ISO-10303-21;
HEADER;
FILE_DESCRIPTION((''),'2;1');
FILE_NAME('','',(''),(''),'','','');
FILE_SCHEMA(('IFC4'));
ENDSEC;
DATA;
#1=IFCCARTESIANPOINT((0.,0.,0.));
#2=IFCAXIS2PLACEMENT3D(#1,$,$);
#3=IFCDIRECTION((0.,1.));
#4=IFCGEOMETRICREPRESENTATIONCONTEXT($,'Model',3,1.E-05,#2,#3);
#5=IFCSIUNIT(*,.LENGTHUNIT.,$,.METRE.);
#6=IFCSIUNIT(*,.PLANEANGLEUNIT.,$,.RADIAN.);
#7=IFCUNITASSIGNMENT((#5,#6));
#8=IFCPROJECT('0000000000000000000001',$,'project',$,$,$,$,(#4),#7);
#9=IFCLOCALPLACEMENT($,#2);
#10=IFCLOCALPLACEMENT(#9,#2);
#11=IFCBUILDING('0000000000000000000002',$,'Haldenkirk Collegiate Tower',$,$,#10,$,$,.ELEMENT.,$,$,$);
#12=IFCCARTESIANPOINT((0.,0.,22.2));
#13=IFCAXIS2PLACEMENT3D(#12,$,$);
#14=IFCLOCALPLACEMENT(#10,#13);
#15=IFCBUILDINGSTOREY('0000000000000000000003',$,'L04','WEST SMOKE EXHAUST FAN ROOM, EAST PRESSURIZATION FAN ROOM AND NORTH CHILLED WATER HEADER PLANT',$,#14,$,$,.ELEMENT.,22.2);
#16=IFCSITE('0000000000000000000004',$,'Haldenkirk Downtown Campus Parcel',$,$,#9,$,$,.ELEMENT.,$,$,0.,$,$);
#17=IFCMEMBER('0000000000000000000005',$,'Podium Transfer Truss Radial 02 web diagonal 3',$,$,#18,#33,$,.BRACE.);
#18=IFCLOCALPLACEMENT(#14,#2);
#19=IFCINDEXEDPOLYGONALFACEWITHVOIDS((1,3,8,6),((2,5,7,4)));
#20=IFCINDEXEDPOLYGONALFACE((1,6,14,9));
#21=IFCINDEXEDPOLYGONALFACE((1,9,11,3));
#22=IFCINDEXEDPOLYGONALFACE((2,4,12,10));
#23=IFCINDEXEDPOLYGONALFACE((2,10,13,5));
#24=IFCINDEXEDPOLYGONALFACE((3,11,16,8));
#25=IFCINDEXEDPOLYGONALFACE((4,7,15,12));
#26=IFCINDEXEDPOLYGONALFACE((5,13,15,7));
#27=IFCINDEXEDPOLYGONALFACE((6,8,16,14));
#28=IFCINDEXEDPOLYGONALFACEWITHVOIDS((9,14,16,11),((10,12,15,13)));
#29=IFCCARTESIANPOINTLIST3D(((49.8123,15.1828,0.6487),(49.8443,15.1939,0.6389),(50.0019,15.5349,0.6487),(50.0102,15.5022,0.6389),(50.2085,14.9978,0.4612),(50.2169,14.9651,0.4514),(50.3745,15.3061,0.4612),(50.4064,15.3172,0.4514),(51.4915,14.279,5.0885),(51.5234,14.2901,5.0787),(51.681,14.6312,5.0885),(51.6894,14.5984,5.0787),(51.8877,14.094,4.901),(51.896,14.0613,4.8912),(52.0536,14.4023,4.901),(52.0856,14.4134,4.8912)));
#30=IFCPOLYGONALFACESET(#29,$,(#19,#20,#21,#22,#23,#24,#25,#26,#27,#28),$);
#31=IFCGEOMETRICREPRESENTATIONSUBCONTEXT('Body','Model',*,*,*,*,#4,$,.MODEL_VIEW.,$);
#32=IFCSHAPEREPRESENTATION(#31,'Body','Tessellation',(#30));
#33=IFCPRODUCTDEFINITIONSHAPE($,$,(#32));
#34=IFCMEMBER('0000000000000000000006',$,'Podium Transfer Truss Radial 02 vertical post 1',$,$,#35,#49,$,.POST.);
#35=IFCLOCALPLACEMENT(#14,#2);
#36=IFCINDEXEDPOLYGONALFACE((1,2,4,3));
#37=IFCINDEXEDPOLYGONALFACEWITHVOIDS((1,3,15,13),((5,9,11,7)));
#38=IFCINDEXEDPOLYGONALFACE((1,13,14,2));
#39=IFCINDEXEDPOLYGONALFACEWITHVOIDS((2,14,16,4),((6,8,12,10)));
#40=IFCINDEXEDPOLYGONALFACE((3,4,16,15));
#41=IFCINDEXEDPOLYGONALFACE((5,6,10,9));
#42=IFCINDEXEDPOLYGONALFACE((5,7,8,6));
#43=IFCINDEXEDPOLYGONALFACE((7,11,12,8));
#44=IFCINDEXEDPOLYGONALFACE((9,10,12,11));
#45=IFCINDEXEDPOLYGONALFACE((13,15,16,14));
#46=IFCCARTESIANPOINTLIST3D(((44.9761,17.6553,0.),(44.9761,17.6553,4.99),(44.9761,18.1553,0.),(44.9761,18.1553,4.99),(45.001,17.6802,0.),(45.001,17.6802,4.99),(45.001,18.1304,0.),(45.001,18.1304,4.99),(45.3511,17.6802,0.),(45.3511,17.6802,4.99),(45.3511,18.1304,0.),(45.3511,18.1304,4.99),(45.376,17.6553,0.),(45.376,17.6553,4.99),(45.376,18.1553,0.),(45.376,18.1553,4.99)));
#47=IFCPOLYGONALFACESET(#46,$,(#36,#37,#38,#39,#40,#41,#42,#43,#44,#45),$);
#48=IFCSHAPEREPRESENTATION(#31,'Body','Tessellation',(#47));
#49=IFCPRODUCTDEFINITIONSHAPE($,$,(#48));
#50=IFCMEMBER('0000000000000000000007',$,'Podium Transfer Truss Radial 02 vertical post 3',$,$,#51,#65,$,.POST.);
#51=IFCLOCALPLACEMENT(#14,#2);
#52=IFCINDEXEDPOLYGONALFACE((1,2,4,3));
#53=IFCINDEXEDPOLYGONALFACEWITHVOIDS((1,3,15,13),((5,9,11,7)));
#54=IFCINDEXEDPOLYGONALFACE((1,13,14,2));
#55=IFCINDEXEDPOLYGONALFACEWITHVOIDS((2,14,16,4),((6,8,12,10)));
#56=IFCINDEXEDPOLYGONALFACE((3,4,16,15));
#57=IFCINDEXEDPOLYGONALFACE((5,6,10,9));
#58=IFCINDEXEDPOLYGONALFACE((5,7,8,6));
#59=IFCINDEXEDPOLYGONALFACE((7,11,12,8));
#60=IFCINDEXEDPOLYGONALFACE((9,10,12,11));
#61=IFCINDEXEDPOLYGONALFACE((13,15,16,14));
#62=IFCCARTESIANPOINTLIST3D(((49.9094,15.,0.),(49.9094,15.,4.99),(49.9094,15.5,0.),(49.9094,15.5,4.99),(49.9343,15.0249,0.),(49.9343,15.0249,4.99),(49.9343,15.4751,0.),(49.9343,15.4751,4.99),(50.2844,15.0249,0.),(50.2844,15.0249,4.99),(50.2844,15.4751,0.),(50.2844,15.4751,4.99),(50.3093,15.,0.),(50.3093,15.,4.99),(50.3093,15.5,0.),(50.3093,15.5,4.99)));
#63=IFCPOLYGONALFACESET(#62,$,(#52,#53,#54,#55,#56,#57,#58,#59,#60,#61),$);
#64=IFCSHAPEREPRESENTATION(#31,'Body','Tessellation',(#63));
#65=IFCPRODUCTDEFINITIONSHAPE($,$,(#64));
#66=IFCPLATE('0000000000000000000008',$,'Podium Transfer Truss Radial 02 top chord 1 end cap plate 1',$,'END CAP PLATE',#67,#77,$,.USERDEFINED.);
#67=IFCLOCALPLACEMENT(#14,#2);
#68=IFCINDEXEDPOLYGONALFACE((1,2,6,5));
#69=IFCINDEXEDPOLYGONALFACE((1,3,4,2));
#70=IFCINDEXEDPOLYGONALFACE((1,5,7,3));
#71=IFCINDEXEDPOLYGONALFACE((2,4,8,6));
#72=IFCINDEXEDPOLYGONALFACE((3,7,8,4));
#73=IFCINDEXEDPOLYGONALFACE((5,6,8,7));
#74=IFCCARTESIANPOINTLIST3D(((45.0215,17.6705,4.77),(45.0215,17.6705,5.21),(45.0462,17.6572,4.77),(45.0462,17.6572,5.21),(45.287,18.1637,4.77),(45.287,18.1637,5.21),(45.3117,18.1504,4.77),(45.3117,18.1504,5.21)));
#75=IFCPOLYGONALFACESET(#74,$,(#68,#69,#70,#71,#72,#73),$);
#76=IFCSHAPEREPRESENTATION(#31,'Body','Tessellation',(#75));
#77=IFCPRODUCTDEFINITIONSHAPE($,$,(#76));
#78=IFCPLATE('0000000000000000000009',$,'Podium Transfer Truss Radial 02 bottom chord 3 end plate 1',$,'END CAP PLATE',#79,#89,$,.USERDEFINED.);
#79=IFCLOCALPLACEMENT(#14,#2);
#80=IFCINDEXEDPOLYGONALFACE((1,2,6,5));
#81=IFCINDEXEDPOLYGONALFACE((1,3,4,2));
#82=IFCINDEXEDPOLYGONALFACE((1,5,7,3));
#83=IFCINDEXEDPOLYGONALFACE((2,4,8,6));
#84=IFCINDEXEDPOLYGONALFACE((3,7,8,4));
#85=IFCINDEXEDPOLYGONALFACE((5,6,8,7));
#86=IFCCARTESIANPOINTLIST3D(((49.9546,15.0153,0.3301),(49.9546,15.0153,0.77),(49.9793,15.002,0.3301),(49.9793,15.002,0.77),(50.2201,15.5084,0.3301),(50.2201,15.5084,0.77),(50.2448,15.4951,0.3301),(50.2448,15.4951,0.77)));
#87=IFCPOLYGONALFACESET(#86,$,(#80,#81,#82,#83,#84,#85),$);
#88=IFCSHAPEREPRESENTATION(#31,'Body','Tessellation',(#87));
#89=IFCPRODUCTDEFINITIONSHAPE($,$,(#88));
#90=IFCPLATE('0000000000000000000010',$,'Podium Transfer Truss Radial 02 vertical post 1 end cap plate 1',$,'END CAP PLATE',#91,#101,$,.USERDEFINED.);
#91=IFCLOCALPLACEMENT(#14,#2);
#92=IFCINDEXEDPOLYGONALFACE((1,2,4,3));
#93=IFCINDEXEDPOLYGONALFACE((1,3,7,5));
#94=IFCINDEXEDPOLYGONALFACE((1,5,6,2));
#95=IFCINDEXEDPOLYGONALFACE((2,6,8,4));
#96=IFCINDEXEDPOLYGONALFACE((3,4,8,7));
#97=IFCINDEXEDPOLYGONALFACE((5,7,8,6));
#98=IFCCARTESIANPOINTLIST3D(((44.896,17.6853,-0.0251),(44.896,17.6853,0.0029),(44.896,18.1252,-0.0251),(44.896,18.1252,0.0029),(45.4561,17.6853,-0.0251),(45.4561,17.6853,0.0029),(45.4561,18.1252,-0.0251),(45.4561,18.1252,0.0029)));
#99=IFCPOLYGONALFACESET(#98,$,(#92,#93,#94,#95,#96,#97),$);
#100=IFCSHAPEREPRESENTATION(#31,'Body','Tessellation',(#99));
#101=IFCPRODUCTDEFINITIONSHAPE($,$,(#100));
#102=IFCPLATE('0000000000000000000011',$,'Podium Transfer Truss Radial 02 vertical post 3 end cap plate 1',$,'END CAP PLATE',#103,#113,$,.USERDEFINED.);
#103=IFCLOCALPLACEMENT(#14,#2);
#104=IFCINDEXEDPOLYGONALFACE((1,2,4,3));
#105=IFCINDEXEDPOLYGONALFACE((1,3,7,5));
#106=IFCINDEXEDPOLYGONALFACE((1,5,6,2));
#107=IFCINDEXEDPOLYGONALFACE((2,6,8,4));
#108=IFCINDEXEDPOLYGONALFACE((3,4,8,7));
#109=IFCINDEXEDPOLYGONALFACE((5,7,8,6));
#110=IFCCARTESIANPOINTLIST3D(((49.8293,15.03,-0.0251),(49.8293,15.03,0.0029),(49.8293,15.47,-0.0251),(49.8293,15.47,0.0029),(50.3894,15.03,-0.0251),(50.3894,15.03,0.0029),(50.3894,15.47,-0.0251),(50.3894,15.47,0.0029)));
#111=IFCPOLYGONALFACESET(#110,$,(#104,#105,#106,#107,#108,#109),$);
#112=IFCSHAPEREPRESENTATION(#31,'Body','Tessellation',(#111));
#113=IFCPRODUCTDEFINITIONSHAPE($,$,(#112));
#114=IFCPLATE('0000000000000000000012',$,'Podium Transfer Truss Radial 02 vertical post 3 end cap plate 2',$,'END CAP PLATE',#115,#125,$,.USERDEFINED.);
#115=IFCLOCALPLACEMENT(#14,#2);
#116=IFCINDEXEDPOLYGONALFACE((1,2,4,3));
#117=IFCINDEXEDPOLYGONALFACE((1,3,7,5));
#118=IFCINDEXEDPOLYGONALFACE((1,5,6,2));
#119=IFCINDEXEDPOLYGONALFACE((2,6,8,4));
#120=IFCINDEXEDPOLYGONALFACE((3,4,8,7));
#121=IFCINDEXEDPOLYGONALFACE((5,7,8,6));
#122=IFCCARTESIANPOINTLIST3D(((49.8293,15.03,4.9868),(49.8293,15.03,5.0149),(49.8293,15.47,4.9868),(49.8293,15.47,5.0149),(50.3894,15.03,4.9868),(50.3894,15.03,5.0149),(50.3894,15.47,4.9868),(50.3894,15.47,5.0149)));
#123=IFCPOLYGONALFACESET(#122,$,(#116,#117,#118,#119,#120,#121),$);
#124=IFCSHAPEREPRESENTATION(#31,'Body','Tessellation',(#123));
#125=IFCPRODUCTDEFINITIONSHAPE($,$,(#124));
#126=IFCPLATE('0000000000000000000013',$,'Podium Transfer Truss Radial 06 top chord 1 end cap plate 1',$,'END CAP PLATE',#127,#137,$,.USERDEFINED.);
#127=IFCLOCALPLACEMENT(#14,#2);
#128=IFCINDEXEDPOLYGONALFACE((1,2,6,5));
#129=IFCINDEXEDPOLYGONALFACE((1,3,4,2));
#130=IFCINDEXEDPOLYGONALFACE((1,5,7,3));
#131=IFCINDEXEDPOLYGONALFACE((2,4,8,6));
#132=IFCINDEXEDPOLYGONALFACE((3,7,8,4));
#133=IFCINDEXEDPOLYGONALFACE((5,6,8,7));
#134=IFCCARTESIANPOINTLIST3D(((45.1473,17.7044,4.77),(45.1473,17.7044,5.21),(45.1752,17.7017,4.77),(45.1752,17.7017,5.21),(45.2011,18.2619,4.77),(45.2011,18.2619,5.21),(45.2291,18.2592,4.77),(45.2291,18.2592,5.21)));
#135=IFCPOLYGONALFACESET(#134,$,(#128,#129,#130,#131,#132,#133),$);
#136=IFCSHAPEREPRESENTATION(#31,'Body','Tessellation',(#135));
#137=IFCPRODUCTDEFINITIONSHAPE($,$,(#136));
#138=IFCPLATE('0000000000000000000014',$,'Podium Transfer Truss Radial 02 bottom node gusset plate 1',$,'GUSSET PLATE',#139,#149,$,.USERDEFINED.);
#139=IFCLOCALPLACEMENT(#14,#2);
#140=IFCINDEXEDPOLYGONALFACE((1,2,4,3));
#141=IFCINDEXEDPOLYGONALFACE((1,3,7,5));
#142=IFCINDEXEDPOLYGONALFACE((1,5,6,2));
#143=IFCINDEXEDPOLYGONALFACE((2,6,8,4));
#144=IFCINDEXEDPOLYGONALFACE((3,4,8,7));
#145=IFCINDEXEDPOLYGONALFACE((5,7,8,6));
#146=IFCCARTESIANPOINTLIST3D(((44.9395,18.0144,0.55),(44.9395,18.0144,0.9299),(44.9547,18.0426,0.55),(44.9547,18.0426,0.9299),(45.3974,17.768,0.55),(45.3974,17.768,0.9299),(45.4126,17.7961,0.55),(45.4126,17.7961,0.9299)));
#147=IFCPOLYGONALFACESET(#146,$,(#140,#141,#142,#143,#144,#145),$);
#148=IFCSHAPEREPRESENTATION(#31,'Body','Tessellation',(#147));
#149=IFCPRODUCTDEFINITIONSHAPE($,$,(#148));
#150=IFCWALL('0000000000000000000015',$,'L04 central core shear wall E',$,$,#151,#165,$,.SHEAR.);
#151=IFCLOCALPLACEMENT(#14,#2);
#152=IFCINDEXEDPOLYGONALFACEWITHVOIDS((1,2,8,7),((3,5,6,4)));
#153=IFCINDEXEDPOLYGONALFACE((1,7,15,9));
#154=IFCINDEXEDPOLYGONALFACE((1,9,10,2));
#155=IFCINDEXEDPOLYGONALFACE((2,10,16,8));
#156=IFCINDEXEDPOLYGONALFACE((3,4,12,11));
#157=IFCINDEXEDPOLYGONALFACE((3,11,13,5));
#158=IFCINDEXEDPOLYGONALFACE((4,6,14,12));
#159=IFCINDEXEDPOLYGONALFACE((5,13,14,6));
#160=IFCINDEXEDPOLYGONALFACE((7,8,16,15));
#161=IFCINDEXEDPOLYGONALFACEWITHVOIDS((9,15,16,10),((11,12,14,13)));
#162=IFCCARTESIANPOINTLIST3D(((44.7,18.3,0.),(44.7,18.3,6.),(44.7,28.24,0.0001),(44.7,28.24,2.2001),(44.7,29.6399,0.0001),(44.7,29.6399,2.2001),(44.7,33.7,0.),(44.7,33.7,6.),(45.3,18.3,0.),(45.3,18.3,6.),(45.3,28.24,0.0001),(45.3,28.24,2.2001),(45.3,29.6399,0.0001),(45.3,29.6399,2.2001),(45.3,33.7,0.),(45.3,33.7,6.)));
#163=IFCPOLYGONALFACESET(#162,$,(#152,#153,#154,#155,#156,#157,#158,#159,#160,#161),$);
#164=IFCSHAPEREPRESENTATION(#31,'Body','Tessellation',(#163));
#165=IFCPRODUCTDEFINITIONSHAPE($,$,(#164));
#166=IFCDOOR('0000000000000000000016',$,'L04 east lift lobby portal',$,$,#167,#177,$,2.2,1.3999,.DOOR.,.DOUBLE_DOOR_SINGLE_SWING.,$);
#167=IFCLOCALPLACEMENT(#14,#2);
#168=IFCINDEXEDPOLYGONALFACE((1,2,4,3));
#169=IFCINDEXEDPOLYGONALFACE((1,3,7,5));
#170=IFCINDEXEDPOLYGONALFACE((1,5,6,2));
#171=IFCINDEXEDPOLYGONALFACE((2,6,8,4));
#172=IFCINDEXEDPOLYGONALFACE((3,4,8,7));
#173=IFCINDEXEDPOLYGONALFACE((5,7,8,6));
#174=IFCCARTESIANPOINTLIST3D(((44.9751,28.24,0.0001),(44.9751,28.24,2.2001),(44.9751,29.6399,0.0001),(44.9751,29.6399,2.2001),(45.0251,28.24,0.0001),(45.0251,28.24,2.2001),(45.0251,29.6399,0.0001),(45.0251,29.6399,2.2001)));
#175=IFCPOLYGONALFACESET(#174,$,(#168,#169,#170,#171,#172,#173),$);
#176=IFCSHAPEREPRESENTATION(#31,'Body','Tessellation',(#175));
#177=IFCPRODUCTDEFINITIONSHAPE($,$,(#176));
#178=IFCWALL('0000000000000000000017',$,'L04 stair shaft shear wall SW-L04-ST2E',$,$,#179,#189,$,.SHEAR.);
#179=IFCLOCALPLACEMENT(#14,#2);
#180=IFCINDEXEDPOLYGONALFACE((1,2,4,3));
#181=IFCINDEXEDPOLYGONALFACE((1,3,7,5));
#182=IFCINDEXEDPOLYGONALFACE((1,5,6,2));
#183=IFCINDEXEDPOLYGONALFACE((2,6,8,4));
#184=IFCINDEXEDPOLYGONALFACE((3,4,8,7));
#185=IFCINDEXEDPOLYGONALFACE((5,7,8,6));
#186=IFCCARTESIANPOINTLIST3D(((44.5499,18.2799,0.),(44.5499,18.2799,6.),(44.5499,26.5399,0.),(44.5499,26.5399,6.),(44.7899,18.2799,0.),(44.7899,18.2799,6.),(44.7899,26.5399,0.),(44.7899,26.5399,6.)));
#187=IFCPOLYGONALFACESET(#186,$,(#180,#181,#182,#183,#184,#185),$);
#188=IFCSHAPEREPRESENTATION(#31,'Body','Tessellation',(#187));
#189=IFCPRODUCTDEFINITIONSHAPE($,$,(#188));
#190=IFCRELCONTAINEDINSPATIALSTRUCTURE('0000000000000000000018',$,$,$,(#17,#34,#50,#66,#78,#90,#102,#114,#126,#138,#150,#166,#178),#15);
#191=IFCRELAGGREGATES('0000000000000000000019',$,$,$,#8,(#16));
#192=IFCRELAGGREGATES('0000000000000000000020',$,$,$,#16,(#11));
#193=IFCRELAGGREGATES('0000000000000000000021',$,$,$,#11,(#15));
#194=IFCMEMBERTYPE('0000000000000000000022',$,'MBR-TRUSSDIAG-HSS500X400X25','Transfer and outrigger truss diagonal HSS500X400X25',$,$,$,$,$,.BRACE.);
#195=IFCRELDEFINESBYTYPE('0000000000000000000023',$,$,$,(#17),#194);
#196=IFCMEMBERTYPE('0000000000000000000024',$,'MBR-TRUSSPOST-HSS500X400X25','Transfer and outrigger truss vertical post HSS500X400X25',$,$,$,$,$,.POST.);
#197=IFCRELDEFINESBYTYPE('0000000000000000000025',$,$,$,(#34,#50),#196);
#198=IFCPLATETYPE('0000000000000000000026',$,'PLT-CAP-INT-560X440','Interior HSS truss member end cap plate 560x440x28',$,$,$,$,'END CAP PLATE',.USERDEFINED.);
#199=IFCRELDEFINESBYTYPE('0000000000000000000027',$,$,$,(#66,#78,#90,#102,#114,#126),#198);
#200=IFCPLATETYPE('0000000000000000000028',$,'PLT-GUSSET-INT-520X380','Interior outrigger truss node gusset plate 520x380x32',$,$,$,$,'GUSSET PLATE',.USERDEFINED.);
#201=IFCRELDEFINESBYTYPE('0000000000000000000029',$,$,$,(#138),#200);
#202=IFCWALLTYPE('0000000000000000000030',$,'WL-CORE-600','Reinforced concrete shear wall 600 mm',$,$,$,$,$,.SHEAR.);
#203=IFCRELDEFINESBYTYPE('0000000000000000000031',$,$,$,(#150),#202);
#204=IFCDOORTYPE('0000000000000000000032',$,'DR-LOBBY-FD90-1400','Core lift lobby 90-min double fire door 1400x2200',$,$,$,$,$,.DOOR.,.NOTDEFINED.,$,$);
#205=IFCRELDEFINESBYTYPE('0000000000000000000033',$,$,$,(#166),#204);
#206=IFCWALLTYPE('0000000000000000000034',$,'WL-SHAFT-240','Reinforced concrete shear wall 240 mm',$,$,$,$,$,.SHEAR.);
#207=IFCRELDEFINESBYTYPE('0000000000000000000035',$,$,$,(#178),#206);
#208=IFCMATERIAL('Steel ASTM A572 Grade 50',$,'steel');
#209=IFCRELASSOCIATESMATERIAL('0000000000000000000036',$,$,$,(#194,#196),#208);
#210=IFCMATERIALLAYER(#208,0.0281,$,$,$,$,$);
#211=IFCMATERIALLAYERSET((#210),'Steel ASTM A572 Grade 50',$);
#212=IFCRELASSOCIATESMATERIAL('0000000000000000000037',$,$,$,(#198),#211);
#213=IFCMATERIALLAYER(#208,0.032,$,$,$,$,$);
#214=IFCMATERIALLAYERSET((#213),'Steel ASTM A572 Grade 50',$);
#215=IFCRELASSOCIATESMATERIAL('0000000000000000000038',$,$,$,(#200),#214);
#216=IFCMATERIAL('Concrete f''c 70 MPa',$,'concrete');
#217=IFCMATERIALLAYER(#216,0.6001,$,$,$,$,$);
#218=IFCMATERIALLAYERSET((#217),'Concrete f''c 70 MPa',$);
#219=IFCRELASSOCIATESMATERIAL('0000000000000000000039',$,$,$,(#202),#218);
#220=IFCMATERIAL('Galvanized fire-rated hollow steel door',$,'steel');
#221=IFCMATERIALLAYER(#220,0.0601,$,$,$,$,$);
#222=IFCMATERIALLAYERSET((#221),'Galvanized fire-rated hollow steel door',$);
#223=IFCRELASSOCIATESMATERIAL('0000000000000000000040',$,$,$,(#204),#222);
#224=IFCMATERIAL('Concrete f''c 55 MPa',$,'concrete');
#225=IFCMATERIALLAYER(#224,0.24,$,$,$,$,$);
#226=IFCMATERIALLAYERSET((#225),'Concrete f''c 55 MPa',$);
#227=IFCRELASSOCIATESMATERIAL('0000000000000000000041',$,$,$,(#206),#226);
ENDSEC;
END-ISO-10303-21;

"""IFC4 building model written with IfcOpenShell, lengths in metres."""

from ifc_helpers import new_model, si_unit, direction, frame, frame_2d, origin, origin_2d, place, context, subcontext, project, spatial, rectangle, hollow_rectangle, extrude, source, transform, mapped, material, layer, layer_set, material_profile, profile_set, type_object, element, fill, save


model = new_model("IFC4")

# Units and contexts
model_context = context("Model", 3, precision=1e-05, world=origin(), true_north=direction((0.0, 1.0)))
body_context = subcontext(model_context, "Body", "Model", "MODEL_VIEW")
ifc_project = project(units=[si_unit("LENGTHUNIT", "METRE"), si_unit("PLANEANGLEUNIT", "RADIAN")], contexts=[model_context])

# Site, building, storey
site_placement = place(None, origin())
site = spatial("IfcSite", under=ifc_project, at=site_placement, Name="Haldenkirk Downtown Campus Parcel", CompositionType="ELEMENT", RefElevation=0.0)
building_placement = place(site_placement, origin())
building = spatial("IfcBuilding", under=site, at=building_placement, Name="Haldenkirk Collegiate Tower", CompositionType="ELEMENT")
storey_placement = place(building_placement, frame((0.0, 0.0, 22.2)))
storey = spatial("IfcBuildingStorey", under=building, at=storey_placement, Name="L04", Description="WEST SMOKE EXHAUST FAN ROOM, EAST PRESSURIZATION FAN ROOM AND NORTH CHILLED WATER HEADER PLANT", CompositionType="ELEMENT", Elevation=22.2)

# Members
ifc_material_1 = material(Name="Steel ASTM A572 Grade 50", Category="steel")
ifc_material_profile_1 = material_profile(ifc_material_1, hollow_rectangle(XDim=0.3999, YDim=0.5, WallThickness=0.0249, at=origin_2d()), Name="HSS500X400X25")
ifc_profile_set_1 = profile_set([ifc_material_profile_1], Name="Steel ASTM A572 Grade 50")
member_type_1 = type_object("IfcMemberType", Name="MBR-TRUSSDIAG-HSS500X400X25", Description="Transfer and outrigger truss diagonal HSS500X400X25", PredefinedType="BRACE", material=ifc_profile_set_1)
member_1_placement = place(storey_placement, frame((50.1094, 15.25, 0.55), z_axis=(0.347506, -0.187041, 0.918834), x_axis=(0.473947, 0.880553, 0.0)))
element("IfcMember", 1, at=member_1_placement, inside=storey, type_object=member_type_1, Name="Podium Transfer Truss Radial 02 web diagonal 3", PredefinedType="BRACE", context=body_context, shape_type="SweptSolid", body=[
    extrude(hollow_rectangle(XDim=0.3999, YDim=0.5, WallThickness=0.0249, at=origin_2d()), origin(), (0.0, 0.0, 1.0), 4.832),
])
ifc_material_profile_2 = material_profile(ifc_material_1, hollow_rectangle(XDim=0.3999, YDim=0.5, WallThickness=0.0249, at=origin_2d()), Name="HSS500X400X25")
ifc_profile_set_2 = profile_set([ifc_material_profile_2], Name="Steel ASTM A572 Grade 50")
member_type_2 = type_object("IfcMemberType", Name="MBR-TRUSSPOST-HSS500X400X25", Description="Transfer and outrigger truss vertical post HSS500X400X25", PredefinedType="POST", material=ifc_profile_set_2)
for number, where, z_axis, x_axis, name in (
    (2, (45.176, 17.9053, 0.0), (0.0, 0.0, 1.0), (1.0, 0.0, 0.0), "Podium Transfer Truss Radial 02 vertical post 1"),
    (3, (50.1094, 15.25, 0.0), (0.0, 0.0, 1.0), (1.0, 0.0, 0.0), "Podium Transfer Truss Radial 02 vertical post 3"),
):
    element("IfcMember", number, at=place(storey_placement, frame(where, z_axis=z_axis, x_axis=x_axis)), inside=storey, type_object=member_type_2, Name=name, PredefinedType="POST", context=body_context, shape_type="SweptSolid", body=[
        extrude(hollow_rectangle(XDim=0.3999, YDim=0.5, WallThickness=0.0249, at=origin_2d()), origin(), (0.0, 0.0, 1.0), 4.99),
    ])

# Plates
ifc_layer_1 = layer(ifc_material_1, 0.0281)
ifc_layer_set_1 = layer_set([ifc_layer_1], Name="Steel ASTM A572 Grade 50")
plate_type_1 = type_object("IfcPlateType", Name="PLT-CAP-INT-560X440", Description="Interior HSS truss member end cap plate 560x440x28", ElementType="END CAP PLATE", PredefinedType="USERDEFINED", material=ifc_layer_set_1)
shared_shape_1 = source(origin(), body_context, "Body", "SweptSolid", [
    extrude(rectangle(XDim=0.5601, YDim=0.4399, at=origin_2d()), origin(), (0.0, 0.0, 1.0), 0.0281),
])
for number, where, z_axis, x_axis, name in (
    (4, (45.179, 17.9038, 4.99), (-0.880556, 0.473943, 0.0), (-0.473943, -0.880556, 0.0), "Podium Transfer Truss Radial 02 top chord 1 end cap plate 1"),
    (5, (50.1121, 15.2485, 0.55), (-0.880556, 0.473942, 0.0), (-0.473942, -0.880556, 0.0), "Podium Transfer Truss Radial 02 bottom chord 3 end plate 1"),
    (6, (45.176, 17.9053, 0.0029), (0.0, 0.0, -1.0), (1.0, 0.0, 0.0), "Podium Transfer Truss Radial 02 vertical post 1 end cap plate 1"),
    (7, (50.1094, 15.25, 0.0029), (0.0, 0.0, -1.0), (1.0, 0.0, 0.0), "Podium Transfer Truss Radial 02 vertical post 3 end cap plate 1"),
    (8, (50.1094, 15.25, 4.9868), (0.0, 0.0, 1.0), (1.0, 0.0, 0.0), "Podium Transfer Truss Radial 02 vertical post 3 end cap plate 2"),
    (9, (45.2021, 17.9805, 4.99), (-0.995372, 0.096093, 0.0), (-0.096093, -0.995372, 0.0), "Podium Transfer Truss Radial 06 top chord 1 end cap plate 1"),
):
    element("IfcPlate", number, at=place(storey_placement, frame(where, z_axis=z_axis, x_axis=x_axis)), inside=storey, type_object=plate_type_1, Name=name, ObjectType="END CAP PLATE", PredefinedType="USERDEFINED", context=body_context, shape_type="MappedRepresentation", body=[
        mapped(shared_shape_1, transform((0.0, 0.0, 0.0), x_axis=(1.0, 0.0, 0.0), y_axis=(0.0, 1.0, 0.0), z_axis=(0.0, 0.0, 1.0), scale=1.0)),
    ])
ifc_layer_2 = layer(ifc_material_1, 0.032)
ifc_layer_set_2 = layer_set([ifc_layer_2], Name="Steel ASTM A572 Grade 50")
plate_type_2 = type_object("IfcPlateType", Name="PLT-GUSSET-INT-520X380", Description="Interior outrigger truss node gusset plate 520x380x32", ElementType="GUSSET PLATE", PredefinedType="USERDEFINED", material=ifc_layer_set_2)
shared_shape_2 = source(origin(), body_context, "Body", "SweptSolid", [
    extrude(rectangle(XDim=0.52, YDim=0.032, at=origin_2d()), origin(), (0.0, 0.0, 1.0), 0.3799),
])
plate_placement = place(storey_placement, frame((45.176, 17.9053, 0.55), z_axis=(0.0, 0.0, 1.0), x_axis=(0.880556, -0.473942, 0.0)))
element("IfcPlate", 10, at=plate_placement, inside=storey, type_object=plate_type_2, Name="Podium Transfer Truss Radial 02 bottom node gusset plate 1", ObjectType="GUSSET PLATE", PredefinedType="USERDEFINED", context=body_context, shape_type="MappedRepresentation", body=[
    mapped(shared_shape_2, transform((0.0, 0.0, 0.0), x_axis=(1.0, 0.0, 0.0), y_axis=(0.0, 1.0, 0.0), z_axis=(0.0, 0.0, 1.0), scale=1.0)),
])

# Wall, opening, door
ifc_material_2 = material(Name="Concrete f'c 70 MPa", Category="concrete")
ifc_layer_3 = layer(ifc_material_2, 0.6001)
ifc_layer_set_3 = layer_set([ifc_layer_3], Name="Concrete f'c 70 MPa")
wall_type_1 = type_object("IfcWallType", Name="WL-CORE-600", Description="Reinforced concrete shear wall 600 mm", PredefinedType="SHEAR", material=ifc_layer_set_3)
wall_1_placement = place(storey_placement, frame((45.0, 18.3, 0.0), z_axis=(0.0, 0.0, 1.0), x_axis=(0.0, 1.0, 0.0)))
wall_1 = element("IfcWall", 11, at=wall_1_placement, inside=storey, type_object=wall_type_1, Name="L04 central core shear wall E", PredefinedType="SHEAR", context=body_context, shape_type="SweptSolid", body=[
    extrude(rectangle(XDim=15.3999, YDim=0.6001, at=frame_2d((7.7, 0.0))), origin(), (0.0, 0.0, 1.0), 6.0),
])
opening_placement = place(wall_1_placement, frame((9.9399, 0.0, 0.0)))
opening = element("IfcOpeningElement", 12, at=opening_placement, cuts=wall_1, PredefinedType="OPENING", context=body_context, shape_type="SweptSolid", body=[
    extrude(rectangle(XDim=1.3999, YDim=2.2, at=frame_2d((0.7, 1.1001))), frame((0.0, 0.3101, 0.0), z_axis=(0.0, -1.0, 0.0), x_axis=(1.0, 0.0, 0.0)), (0.0, 0.0, 1.0), 0.6201),
])
ifc_material_3 = material(Name="Galvanized fire-rated hollow steel door", Category="steel")
ifc_layer_4 = layer(ifc_material_3, 0.0601)
ifc_layer_set_4 = layer_set([ifc_layer_4], Name="Galvanized fire-rated hollow steel door")
door_type = type_object("IfcDoorType", Name="DR-LOBBY-FD90-1400", Description="Core lift lobby 90-min double fire door 1400x2200", OperationType="NOTDEFINED", PredefinedType="DOOR", material=ifc_layer_set_4)
door_placement = place(opening_placement, origin())
door = element("IfcDoor", 13, at=door_placement, inside=storey, type_object=door_type, Name="L04 east lift lobby portal", OperationType="DOUBLE_DOOR_SINGLE_SWING", OverallHeight=2.2, OverallWidth=1.3999, PredefinedType="DOOR", context=body_context, shape_type="SweptSolid", body=[
    extrude(rectangle(XDim=1.3999, YDim=2.2, at=frame_2d((0.7, 1.1001))), frame((0.0, 0.0249, 0.0), z_axis=(0.0, -1.0, 0.0), x_axis=(1.0, 0.0, 0.0)), (0.0, 0.0, 1.0), 0.05),
])
fill(opening, door)

# Wall
ifc_material_4 = material(Name="Concrete f'c 55 MPa", Category="concrete")
ifc_layer_5 = layer(ifc_material_4, 0.24)
ifc_layer_set_5 = layer_set([ifc_layer_5], Name="Concrete f'c 55 MPa")
wall_type_2 = type_object("IfcWallType", Name="WL-SHAFT-240", Description="Reinforced concrete shear wall 240 mm", PredefinedType="SHEAR", material=ifc_layer_set_5)
wall_2_placement = place(storey_placement, frame((44.6699, 18.28, 0.0), z_axis=(0.0, 0.0, 1.0), x_axis=(0.0, 1.0, 0.0)))
element("IfcWall", 14, at=wall_2_placement, inside=storey, type_object=wall_type_2, Name="L04 stair shaft shear wall SW-L04-ST2E", PredefinedType="SHEAR", context=body_context, shape_type="SweptSolid", body=[
    extrude(rectangle(XDim=8.26, YDim=0.24, at=frame_2d((4.1299, 0.0))), origin(), (0.0, 0.0, 1.0), 6.0),
])

save(model, "model.ifc")
